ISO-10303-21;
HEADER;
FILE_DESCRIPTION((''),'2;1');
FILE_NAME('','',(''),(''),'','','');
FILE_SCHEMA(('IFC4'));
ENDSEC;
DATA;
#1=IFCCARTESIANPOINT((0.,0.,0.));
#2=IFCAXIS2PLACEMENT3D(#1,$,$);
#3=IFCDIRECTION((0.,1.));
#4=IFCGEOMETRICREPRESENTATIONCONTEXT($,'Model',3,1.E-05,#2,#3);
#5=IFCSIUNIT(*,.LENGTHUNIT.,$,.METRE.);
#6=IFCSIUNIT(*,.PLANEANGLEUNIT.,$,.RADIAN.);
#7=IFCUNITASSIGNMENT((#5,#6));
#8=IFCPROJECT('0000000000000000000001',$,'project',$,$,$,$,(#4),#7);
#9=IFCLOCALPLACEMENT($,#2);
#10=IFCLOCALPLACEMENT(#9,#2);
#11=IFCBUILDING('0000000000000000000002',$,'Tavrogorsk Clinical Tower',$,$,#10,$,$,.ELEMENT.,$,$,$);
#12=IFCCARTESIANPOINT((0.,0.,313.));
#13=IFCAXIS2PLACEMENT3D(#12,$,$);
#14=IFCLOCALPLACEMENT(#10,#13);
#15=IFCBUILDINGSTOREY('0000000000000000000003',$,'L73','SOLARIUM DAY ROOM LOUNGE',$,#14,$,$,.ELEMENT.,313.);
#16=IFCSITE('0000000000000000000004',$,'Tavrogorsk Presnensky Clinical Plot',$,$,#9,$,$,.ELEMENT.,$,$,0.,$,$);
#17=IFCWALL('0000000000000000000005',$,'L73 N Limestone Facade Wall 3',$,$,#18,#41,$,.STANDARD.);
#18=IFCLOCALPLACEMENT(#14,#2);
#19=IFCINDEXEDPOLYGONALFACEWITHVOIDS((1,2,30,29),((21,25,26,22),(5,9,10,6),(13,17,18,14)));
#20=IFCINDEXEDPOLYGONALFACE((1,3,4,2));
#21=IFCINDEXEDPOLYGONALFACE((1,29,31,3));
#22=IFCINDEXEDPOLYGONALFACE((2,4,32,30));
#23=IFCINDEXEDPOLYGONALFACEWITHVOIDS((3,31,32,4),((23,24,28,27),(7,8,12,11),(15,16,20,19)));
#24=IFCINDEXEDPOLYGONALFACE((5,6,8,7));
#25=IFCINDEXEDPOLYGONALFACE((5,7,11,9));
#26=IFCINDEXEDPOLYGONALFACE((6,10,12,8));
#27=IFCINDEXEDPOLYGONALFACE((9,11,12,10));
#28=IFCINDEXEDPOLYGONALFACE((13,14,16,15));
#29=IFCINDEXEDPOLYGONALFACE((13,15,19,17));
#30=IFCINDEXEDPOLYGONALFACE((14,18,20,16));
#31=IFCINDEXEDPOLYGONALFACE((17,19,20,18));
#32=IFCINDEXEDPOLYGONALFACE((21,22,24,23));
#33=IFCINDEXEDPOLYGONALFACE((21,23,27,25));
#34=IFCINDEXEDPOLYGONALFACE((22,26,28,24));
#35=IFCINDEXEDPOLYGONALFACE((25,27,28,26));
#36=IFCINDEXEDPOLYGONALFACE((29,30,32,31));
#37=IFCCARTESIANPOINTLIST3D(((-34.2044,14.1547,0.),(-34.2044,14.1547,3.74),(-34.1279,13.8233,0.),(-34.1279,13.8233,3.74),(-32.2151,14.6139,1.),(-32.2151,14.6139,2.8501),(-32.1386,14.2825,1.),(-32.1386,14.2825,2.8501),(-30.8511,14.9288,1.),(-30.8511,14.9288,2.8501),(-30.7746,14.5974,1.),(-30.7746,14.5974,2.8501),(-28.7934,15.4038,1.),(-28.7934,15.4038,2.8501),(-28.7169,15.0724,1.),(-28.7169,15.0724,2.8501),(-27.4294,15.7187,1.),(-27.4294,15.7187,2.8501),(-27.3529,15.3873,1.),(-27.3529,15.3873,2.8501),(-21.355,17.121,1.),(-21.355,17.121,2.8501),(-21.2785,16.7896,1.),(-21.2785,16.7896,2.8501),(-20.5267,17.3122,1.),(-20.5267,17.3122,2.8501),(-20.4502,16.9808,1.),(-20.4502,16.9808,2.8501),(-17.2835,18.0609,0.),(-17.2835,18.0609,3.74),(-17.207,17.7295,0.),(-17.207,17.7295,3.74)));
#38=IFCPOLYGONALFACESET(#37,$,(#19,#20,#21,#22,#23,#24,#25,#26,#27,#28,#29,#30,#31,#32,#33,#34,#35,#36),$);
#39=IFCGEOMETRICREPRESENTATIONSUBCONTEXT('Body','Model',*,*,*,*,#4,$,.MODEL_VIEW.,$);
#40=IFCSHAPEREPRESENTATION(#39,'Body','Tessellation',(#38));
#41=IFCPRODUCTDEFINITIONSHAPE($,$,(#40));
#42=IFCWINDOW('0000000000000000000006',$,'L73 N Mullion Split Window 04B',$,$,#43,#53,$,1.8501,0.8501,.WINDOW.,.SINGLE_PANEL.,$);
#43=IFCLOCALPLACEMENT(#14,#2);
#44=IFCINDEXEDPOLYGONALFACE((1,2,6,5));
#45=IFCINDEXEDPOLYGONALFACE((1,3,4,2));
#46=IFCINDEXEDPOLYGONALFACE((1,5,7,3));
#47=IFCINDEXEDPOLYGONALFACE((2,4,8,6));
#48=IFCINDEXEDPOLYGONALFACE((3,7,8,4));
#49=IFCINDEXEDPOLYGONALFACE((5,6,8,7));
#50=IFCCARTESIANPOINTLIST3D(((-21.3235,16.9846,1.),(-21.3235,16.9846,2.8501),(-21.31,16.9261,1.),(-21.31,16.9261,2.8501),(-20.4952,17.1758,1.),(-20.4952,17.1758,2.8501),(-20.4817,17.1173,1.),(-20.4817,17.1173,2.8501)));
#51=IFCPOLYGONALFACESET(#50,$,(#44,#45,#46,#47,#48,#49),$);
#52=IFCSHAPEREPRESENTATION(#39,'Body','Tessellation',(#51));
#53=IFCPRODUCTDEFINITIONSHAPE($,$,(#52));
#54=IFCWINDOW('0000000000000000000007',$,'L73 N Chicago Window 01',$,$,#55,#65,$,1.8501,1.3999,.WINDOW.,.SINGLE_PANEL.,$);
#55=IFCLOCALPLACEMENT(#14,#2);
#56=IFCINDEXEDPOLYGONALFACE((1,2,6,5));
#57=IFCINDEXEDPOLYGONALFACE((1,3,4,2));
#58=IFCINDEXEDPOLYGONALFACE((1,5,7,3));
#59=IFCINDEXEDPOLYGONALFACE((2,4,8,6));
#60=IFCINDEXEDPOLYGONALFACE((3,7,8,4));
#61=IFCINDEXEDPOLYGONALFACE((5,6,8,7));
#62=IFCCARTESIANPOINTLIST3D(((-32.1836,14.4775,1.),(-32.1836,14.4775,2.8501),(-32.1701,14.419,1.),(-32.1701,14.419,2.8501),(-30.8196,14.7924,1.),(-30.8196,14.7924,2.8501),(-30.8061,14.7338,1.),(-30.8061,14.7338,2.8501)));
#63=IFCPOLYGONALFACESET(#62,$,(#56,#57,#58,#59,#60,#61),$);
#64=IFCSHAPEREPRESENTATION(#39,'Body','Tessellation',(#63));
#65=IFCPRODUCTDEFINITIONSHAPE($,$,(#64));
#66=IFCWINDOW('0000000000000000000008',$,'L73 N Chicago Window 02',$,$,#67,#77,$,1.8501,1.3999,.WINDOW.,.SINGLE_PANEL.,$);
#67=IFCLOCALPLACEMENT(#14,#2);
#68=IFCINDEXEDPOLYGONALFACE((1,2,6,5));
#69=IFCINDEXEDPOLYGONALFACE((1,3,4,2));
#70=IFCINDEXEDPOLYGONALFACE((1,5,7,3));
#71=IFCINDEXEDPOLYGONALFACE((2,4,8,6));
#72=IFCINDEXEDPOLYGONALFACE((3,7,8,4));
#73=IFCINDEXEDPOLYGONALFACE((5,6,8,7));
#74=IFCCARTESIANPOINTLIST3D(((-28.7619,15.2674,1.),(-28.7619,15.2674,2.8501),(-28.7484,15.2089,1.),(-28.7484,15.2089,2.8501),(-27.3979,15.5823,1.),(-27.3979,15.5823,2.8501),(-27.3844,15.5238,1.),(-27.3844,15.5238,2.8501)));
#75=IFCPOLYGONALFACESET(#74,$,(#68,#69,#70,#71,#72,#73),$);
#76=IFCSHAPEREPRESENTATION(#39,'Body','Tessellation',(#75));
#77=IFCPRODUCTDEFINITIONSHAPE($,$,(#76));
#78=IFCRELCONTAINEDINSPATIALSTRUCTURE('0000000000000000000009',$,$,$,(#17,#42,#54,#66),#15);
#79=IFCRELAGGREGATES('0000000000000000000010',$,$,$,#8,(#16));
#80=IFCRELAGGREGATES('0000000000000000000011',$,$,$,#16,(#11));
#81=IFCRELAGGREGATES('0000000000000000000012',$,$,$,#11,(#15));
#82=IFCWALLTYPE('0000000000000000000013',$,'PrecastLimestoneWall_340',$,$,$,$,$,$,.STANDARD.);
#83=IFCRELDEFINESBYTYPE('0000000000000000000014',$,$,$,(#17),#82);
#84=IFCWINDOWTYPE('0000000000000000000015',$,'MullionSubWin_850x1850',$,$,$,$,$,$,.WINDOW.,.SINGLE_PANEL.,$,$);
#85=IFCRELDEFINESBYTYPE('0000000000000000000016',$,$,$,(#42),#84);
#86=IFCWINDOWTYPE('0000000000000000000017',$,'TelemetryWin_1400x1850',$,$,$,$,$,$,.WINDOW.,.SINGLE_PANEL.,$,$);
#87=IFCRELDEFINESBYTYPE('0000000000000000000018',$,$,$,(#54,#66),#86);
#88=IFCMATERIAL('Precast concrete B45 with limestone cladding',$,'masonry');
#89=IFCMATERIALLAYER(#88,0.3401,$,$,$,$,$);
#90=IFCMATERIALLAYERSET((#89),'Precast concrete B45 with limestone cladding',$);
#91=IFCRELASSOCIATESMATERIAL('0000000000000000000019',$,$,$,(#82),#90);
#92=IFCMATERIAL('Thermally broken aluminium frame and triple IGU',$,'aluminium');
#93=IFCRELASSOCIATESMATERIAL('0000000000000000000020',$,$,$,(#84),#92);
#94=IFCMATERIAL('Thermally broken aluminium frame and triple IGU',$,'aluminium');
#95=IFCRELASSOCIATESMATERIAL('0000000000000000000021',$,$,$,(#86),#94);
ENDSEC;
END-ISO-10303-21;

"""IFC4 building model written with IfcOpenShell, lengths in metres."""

from ifc_helpers import new_model, si_unit, direction, frame, frame_2d, origin, place, context, subcontext, project, spatial, rectangle, extrude, material, layer, layer_set, type_object, element, fill, save


model = new_model("IFC4")

# Units and contexts
model_context = context("Model", 3, precision=1e-05, world=origin(), true_north=direction((0.0, 1.0)))
body_context = subcontext(model_context, "Body", "Model", "MODEL_VIEW")
ifc_project = project(units=[si_unit("LENGTHUNIT", "METRE"), si_unit("PLANEANGLEUNIT", "RADIAN")], contexts=[model_context])

# Site, building, storey
site_placement = place(None, origin())
site = spatial("IfcSite", under=ifc_project, at=site_placement, Name="Tavrogorsk Presnensky Clinical Plot", CompositionType="ELEMENT", RefElevation=0.0)
building_placement = place(site_placement, origin())
building = spatial("IfcBuilding", under=site, at=building_placement, Name="Tavrogorsk Clinical Tower", CompositionType="ELEMENT")
storey_placement = place(building_placement, frame((0.0, 0.0, 313.0)))
storey = spatial("IfcBuildingStorey", under=building, at=storey_placement, Name="L73", Description="SOLARIUM DAY ROOM LOUNGE", CompositionType="ELEMENT", Elevation=313.0)

# Wall, openings, windows
ifc_material_1 = material(Name="Precast concrete B45 with limestone cladding", Category="masonry")
ifc_layer_1 = layer(ifc_material_1, 0.3401)
ifc_layer_set_1 = layer_set([ifc_layer_1], Name="Precast concrete B45 with limestone cladding")
wall_type_1 = type_object("IfcWallType", Name="PrecastLimestoneWall_340", PredefinedType="STANDARD", material=ifc_layer_set_1)
wall_1_placement = place(storey_placement, frame((-17.2451, 17.8953, 0.0), z_axis=(0.0, 0.0, 1.0), x_axis=(-0.974373, -0.224938, 0.0)))
wall_1 = element("IfcWall", 1, at=wall_1_placement, inside=storey, type_object=wall_type_1, Name="L73 N Limestone Facade Wall 3", PredefinedType="STANDARD", context=body_context, shape_type="SweptSolid", body=[
    extrude(rectangle(XDim=17.366, YDim=0.3401, at=frame_2d((8.6831, 0.0))), origin(), (0.0, 0.0, 1.0), 3.74),
])
opening_1_placement = place(wall_1_placement, frame((13.9246, 0.0, 1.0)))
opening_1 = element("IfcOpeningElement", 2, at=opening_1_placement, cuts=wall_1, PredefinedType="OPENING", context=body_context, shape_type="SweptSolid", body=[
    extrude(rectangle(XDim=1.3999, YDim=1.8501, at=frame_2d((0.7, 0.925))), frame((0.0, 0.1799, 0.0), z_axis=(0.0, -1.0, 0.0), x_axis=(1.0, 0.0, 0.0)), (0.0, 0.0, 1.0), 0.3601),
])
opening_2_placement = place(wall_1_placement, frame((10.4128, 0.0, 1.0)))
opening_2 = element("IfcOpeningElement", 3, at=opening_2_placement, cuts=wall_1, PredefinedType="OPENING", context=body_context, shape_type="SweptSolid", body=[
    extrude(rectangle(XDim=1.3999, YDim=1.8501, at=frame_2d((0.7, 0.925))), frame((0.0, 0.1799, 0.0), z_axis=(0.0, -1.0, 0.0), x_axis=(1.0, 0.0, 0.0)), (0.0, 0.0, 1.0), 0.3601),
])
opening_3_placement = place(wall_1_placement, frame((3.3286, 0.0, 1.0)))
opening_3 = element("IfcOpeningElement", 4, at=opening_3_placement, cuts=wall_1, PredefinedType="OPENING", context=body_context, shape_type="SweptSolid", body=[
    extrude(rectangle(XDim=0.8501, YDim=1.8501, at=frame_2d((0.425, 0.925))), frame((0.0, 0.1799, 0.0), z_axis=(0.0, -1.0, 0.0), x_axis=(1.0, 0.0, 0.0)), (0.0, 0.0, 1.0), 0.3601),
])
ifc_material_2 = material(Name="Thermally broken aluminium frame and triple IGU", Category="aluminium")
window_type_1 = type_object("IfcWindowType", Name="MullionSubWin_850x1850", PartitioningType="SINGLE_PANEL", PredefinedType="WINDOW", material=ifc_material_2)
window_1_placement = place(opening_3_placement, origin())
window_1 = element("IfcWindow", 5, at=window_1_placement, inside=storey, type_object=window_type_1, Name="L73 N Mullion Split Window 04B", OverallHeight=1.8501, OverallWidth=0.8501, PartitioningType="SINGLE_PANEL", PredefinedType="WINDOW", context=body_context, shape_type="SweptSolid", body=[
    extrude(rectangle(XDim=0.8501, YDim=1.8501, at=frame_2d((0.425, 0.925))), frame((0.0, 0.03, 0.0), z_axis=(0.0, -1.0, 0.0), x_axis=(1.0, 0.0, 0.0)), (0.0, 0.0, 1.0), 0.0601),
])
fill(opening_3, window_1)
ifc_material_3 = material(Name="Thermally broken aluminium frame and triple IGU", Category="aluminium")
window_type_2 = type_object("IfcWindowType", Name="TelemetryWin_1400x1850", PartitioningType="SINGLE_PANEL", PredefinedType="WINDOW", material=ifc_material_3)
window_2_placement = place(opening_1_placement, origin())
window_2 = element("IfcWindow", 6, at=window_2_placement, inside=storey, type_object=window_type_2, Name="L73 N Chicago Window 01", OverallHeight=1.8501, OverallWidth=1.3999, PartitioningType="SINGLE_PANEL", PredefinedType="WINDOW", context=body_context, shape_type="SweptSolid", body=[
    extrude(rectangle(XDim=1.3999, YDim=1.8501, at=frame_2d((0.7, 0.925))), frame((0.0, 0.03, 0.0), z_axis=(0.0, -1.0, 0.0), x_axis=(1.0, 0.0, 0.0)), (0.0, 0.0, 1.0), 0.0601),
])
fill(opening_1, window_2)
window_3_placement = place(opening_2_placement, origin())
window_3 = element("IfcWindow", 7, at=window_3_placement, inside=storey, type_object=window_type_2, Name="L73 N Chicago Window 02", OverallHeight=1.8501, OverallWidth=1.3999, PartitioningType="SINGLE_PANEL", PredefinedType="WINDOW", context=body_context, shape_type="SweptSolid", body=[
    extrude(rectangle(XDim=1.3999, YDim=1.8501, at=frame_2d((0.7, 0.925))), frame((0.0, 0.03, 0.0), z_axis=(0.0, -1.0, 0.0), x_axis=(1.0, 0.0, 0.0)), (0.0, 0.0, 1.0), 0.0601),
])
fill(opening_2, window_3)

save(model, "model.ifc")
